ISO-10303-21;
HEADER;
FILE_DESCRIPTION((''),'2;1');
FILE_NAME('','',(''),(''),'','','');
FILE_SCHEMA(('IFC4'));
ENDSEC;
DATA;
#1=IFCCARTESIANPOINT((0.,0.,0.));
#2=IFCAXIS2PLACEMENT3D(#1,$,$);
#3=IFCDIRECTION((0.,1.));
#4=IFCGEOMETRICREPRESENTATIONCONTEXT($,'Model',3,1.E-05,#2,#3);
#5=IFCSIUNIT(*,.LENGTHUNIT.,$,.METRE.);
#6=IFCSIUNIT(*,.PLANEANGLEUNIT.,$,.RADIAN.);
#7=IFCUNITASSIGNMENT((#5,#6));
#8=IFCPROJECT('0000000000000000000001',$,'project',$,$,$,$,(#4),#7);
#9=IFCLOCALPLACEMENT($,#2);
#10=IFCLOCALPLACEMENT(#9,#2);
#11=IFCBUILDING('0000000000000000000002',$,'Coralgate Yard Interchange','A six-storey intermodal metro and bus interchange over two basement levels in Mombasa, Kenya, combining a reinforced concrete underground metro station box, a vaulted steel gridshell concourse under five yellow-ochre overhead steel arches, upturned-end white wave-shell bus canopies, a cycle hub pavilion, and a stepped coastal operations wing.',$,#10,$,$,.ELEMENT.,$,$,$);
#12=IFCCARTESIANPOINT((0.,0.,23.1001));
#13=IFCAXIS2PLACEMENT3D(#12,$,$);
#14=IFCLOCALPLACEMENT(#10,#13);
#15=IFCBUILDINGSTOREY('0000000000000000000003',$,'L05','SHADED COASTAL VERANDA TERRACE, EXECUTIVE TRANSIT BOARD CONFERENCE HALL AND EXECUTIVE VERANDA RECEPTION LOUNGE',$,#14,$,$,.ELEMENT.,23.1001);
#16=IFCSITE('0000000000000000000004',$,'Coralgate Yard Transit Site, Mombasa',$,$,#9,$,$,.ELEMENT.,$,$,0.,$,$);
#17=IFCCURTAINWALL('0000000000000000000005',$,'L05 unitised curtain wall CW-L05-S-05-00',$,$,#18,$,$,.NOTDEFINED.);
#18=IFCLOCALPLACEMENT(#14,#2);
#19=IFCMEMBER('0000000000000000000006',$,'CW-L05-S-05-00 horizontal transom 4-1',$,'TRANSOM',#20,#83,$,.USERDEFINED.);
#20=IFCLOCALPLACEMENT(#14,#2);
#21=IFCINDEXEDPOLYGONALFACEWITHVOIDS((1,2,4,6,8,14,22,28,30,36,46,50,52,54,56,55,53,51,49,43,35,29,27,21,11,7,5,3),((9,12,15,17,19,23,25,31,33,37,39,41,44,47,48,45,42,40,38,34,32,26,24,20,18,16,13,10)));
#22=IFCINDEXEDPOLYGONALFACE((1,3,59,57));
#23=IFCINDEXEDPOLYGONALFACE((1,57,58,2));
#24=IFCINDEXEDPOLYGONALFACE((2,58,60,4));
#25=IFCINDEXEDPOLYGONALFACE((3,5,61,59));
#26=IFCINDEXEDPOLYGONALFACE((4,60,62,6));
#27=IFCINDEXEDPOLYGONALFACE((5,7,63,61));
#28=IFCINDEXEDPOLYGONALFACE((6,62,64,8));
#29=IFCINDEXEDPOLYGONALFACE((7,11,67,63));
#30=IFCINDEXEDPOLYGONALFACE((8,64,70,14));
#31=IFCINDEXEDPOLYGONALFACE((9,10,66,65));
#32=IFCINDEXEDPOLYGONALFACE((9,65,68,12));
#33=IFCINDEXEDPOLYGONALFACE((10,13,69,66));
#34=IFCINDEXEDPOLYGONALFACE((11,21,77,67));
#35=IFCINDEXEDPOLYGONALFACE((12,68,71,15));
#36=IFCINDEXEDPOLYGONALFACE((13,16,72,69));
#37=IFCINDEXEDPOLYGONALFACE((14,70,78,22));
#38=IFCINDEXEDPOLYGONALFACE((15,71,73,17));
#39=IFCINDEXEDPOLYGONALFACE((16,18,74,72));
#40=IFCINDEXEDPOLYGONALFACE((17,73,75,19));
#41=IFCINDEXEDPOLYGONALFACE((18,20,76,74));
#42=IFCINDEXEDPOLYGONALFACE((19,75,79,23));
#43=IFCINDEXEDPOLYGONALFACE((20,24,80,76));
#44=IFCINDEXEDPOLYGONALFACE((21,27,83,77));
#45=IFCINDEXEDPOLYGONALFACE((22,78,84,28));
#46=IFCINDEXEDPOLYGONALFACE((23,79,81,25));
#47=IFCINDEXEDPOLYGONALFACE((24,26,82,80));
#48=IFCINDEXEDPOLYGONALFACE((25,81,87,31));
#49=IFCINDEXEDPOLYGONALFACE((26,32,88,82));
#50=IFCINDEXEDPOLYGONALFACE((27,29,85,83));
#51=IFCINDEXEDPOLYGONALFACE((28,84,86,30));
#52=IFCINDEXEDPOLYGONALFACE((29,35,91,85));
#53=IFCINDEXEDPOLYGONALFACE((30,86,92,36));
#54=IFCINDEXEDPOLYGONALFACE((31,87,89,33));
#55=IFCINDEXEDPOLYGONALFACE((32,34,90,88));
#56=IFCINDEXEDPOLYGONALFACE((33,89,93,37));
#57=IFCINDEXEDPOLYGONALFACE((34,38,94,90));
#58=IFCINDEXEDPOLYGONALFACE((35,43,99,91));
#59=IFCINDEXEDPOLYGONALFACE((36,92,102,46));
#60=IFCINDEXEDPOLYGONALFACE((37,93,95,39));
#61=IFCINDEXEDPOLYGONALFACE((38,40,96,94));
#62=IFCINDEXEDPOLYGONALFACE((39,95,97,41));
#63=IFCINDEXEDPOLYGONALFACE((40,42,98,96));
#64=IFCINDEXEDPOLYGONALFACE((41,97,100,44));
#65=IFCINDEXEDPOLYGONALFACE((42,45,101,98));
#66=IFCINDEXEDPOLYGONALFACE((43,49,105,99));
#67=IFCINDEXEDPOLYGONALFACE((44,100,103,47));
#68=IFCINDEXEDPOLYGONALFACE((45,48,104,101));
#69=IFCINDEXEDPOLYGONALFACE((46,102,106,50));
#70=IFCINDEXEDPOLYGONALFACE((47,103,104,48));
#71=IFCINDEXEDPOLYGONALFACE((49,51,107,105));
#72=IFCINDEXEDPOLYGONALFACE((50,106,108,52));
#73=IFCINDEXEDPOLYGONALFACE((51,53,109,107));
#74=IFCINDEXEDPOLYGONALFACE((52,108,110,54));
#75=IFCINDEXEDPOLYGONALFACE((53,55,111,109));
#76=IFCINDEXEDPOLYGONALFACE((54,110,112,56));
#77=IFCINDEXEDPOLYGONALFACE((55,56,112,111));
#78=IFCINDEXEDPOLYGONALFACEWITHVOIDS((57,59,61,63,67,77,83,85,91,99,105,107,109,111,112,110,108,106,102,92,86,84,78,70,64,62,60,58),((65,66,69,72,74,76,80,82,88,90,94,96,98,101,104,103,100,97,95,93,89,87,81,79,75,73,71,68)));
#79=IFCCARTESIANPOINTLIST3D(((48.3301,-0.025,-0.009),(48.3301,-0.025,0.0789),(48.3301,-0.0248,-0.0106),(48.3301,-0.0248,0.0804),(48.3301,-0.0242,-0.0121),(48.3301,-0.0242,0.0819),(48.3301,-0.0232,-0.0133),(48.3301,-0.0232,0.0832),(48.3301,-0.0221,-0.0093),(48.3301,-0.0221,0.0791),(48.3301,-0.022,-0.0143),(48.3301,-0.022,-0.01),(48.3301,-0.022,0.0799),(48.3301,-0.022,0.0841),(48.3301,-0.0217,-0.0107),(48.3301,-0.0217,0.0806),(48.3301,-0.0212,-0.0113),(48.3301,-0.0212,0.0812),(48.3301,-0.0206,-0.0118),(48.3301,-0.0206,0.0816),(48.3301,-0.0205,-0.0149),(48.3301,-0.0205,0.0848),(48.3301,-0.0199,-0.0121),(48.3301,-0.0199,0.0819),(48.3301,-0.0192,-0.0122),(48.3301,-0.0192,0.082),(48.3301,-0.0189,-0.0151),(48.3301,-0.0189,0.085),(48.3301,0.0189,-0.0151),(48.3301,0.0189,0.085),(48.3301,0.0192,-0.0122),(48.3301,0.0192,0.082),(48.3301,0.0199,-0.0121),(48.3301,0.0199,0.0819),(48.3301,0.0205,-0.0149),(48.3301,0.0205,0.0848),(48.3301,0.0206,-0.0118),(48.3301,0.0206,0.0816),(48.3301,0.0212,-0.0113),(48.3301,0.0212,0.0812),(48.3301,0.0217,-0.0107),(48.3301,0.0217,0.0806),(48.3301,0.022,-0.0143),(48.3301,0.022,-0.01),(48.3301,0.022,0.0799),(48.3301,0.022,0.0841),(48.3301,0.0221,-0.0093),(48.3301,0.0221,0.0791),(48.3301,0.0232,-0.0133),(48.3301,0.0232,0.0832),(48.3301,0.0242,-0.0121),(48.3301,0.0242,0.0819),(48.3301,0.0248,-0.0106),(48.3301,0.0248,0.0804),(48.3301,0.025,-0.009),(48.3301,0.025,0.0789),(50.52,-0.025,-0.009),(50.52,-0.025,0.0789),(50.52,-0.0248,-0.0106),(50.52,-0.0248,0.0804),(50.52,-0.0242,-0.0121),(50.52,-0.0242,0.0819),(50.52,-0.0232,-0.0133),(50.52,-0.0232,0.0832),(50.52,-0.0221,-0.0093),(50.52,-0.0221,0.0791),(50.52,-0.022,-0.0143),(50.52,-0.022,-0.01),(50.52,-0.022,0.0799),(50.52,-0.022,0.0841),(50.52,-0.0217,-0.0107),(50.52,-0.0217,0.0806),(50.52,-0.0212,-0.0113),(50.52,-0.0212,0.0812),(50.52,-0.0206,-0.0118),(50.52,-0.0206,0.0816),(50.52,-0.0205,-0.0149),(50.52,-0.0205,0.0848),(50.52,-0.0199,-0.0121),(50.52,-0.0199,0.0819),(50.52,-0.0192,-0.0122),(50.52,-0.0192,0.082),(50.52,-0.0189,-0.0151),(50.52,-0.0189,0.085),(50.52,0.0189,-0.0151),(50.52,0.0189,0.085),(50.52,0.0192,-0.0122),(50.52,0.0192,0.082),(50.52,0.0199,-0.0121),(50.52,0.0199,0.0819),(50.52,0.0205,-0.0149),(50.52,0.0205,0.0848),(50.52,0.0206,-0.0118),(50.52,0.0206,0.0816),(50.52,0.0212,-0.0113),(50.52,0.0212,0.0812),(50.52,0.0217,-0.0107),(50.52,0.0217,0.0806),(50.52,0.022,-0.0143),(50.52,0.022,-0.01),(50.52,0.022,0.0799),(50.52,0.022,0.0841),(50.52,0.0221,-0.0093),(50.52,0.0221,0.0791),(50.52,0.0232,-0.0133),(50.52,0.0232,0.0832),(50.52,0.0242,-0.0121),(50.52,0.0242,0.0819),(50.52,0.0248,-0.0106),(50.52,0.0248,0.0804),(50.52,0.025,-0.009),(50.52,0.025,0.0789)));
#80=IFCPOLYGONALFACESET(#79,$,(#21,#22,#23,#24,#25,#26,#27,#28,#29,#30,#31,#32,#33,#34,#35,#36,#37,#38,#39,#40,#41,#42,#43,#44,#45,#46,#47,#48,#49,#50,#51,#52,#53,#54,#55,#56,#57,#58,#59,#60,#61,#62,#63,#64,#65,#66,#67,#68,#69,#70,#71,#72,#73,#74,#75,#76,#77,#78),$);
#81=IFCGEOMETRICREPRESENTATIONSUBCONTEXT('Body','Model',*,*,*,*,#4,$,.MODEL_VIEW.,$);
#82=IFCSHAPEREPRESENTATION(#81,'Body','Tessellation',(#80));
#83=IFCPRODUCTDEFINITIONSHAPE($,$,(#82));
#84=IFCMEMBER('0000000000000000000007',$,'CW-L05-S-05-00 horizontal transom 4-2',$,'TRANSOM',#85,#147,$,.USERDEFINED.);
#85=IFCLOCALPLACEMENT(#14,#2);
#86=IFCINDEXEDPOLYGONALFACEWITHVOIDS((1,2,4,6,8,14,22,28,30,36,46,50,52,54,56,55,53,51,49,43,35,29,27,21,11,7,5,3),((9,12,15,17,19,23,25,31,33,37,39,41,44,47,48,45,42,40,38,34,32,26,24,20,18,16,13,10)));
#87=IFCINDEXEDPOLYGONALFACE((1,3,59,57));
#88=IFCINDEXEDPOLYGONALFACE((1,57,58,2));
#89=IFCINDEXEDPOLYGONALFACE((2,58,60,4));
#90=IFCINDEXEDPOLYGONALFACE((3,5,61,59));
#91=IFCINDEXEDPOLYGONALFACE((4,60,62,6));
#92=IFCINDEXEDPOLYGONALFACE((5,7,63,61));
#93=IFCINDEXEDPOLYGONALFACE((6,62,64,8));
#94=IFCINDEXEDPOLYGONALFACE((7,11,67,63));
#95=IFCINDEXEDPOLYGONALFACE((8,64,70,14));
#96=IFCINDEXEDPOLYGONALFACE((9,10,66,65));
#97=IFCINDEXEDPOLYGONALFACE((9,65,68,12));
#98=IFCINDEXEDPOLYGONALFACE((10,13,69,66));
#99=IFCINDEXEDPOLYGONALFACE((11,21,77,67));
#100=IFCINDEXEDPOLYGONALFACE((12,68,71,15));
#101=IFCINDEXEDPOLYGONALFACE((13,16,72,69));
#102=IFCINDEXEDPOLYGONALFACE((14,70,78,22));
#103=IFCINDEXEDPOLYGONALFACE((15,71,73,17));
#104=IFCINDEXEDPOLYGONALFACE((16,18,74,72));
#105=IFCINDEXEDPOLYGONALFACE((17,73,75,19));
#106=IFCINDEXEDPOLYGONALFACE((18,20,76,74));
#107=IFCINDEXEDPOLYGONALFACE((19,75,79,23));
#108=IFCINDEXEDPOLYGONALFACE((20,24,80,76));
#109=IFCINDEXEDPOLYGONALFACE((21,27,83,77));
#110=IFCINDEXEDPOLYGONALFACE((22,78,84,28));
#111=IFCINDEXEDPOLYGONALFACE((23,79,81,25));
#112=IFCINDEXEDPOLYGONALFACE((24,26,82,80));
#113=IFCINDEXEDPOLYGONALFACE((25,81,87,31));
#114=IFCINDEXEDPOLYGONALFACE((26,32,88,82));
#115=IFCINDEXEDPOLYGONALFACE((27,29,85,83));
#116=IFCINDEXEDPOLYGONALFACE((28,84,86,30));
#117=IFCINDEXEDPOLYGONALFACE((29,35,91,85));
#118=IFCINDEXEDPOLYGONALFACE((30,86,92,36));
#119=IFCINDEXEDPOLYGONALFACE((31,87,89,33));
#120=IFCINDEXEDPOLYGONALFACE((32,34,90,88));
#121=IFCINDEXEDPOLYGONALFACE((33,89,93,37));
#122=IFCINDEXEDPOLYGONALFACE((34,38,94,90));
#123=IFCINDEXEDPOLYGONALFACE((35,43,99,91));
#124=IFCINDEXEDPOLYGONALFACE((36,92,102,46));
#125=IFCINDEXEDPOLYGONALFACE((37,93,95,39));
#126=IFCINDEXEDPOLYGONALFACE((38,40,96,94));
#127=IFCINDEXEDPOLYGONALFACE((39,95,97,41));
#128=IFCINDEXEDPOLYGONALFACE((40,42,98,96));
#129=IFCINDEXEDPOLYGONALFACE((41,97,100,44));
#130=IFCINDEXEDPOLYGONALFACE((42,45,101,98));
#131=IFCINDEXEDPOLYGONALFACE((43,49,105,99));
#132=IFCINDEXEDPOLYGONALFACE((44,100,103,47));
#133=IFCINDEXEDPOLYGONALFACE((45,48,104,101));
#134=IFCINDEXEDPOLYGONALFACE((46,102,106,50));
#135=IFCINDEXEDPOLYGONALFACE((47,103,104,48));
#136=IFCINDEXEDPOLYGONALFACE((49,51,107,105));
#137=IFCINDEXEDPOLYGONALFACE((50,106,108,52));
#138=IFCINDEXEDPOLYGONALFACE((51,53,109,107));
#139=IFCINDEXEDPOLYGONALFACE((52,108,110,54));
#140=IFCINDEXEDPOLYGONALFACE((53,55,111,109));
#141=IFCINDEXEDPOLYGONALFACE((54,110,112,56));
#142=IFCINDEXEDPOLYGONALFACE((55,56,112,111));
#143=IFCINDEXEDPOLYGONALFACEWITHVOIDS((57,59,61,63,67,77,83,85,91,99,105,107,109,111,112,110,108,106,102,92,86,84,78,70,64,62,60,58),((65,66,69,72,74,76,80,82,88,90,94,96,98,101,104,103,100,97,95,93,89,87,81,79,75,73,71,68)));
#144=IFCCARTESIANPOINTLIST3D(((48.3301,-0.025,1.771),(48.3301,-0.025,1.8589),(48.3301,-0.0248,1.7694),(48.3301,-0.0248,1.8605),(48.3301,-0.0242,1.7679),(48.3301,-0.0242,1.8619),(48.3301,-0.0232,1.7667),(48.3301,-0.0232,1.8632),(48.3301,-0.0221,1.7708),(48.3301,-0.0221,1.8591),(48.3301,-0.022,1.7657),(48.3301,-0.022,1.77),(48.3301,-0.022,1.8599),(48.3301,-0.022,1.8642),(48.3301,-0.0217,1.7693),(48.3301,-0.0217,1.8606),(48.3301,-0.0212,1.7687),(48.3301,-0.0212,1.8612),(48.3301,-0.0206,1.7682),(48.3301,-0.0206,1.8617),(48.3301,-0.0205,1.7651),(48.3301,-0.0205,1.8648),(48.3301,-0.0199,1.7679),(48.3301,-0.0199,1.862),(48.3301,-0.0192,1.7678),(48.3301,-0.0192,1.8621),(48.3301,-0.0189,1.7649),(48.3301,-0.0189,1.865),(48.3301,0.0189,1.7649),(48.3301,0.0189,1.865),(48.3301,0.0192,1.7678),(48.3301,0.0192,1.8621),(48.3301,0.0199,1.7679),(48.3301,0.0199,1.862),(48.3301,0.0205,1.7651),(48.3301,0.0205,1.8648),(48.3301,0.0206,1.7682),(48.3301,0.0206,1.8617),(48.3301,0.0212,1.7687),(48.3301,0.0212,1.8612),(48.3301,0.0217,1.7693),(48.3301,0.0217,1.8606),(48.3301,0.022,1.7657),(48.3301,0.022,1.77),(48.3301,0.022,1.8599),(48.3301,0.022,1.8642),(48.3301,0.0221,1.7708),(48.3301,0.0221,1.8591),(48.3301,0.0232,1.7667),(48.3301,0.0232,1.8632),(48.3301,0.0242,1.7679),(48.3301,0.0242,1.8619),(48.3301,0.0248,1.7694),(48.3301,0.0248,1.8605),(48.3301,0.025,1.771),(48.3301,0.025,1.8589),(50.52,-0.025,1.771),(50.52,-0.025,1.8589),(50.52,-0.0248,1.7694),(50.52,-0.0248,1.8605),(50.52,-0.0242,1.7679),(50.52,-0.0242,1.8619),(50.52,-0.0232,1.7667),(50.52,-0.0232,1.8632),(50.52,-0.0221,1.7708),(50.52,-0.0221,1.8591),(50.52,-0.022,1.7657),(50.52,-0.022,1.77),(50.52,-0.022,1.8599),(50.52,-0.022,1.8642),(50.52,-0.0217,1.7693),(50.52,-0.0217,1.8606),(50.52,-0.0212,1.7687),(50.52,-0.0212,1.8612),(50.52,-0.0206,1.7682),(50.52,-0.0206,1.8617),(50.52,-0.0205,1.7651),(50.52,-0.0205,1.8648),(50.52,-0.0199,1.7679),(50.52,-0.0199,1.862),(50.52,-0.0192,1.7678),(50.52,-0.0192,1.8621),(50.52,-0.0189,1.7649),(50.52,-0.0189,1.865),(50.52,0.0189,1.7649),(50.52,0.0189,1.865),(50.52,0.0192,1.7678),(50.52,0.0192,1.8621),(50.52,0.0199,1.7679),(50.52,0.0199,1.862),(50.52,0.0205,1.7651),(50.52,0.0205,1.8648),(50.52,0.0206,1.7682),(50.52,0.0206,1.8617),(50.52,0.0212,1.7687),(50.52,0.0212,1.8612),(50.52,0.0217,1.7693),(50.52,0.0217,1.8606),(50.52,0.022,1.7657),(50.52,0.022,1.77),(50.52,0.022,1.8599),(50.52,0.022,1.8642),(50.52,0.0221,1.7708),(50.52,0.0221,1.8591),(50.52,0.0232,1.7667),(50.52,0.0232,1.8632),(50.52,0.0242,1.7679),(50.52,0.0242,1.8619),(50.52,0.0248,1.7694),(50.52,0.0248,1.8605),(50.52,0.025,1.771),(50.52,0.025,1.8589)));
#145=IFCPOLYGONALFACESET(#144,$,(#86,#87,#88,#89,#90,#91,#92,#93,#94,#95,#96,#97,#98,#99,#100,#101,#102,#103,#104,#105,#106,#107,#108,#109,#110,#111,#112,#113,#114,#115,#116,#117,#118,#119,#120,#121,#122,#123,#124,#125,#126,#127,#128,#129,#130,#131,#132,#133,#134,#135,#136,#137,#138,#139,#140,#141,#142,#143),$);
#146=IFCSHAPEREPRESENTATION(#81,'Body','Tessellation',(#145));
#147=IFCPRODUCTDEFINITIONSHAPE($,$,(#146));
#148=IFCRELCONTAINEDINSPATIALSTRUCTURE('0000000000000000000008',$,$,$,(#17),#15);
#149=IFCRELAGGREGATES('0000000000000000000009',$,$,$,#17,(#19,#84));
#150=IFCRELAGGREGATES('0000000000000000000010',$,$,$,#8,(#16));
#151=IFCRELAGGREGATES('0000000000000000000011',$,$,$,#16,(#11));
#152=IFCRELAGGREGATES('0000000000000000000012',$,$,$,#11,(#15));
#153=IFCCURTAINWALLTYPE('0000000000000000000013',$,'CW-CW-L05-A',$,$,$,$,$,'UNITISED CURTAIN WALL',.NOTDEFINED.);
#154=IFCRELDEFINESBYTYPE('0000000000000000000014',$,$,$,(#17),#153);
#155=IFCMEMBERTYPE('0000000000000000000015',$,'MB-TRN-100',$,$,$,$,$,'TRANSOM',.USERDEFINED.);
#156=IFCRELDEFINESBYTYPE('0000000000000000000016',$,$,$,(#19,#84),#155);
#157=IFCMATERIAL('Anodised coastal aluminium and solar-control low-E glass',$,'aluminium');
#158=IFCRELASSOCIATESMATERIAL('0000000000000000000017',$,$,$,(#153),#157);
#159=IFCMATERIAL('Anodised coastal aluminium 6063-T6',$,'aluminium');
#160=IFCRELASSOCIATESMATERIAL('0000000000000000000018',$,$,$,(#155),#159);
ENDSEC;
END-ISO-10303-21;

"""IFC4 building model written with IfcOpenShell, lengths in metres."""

from ifc_helpers import new_model, si_unit, direction, frame, origin, origin_2d, place, context, subcontext, project, spatial, hollow_rectangle, extrude, material, material_profile, profile_set, type_object, element, aggregate, save


model = new_model("IFC4")

# Units and contexts
model_context = context("Model", 3, precision=1e-05, world=origin(), true_north=direction((0.0, 1.0)))
body_context = subcontext(model_context, "Body", "Model", "MODEL_VIEW")
ifc_project = project(units=[si_unit("LENGTHUNIT", "METRE"), si_unit("PLANEANGLEUNIT", "RADIAN")], contexts=[model_context])

# Site, building, storey
site_placement = place(None, origin())
site = spatial("IfcSite", under=ifc_project, at=site_placement, Name="Coralgate Yard Transit Site, Mombasa", CompositionType="ELEMENT", RefElevation=0.0)
building_placement = place(site_placement, origin())
building = spatial("IfcBuilding", under=site, at=building_placement, Name="Coralgate Yard Interchange", Description="A six-storey intermodal metro and bus interchange over two basement levels in Mombasa, Kenya, combining a reinforced concrete underground metro station box, a vaulted steel gridshell concourse under five yellow-ochre overhead steel arches, upturned-end white wave-shell bus canopies, a cycle hub pavilion, and a stepped coastal operations wing.", CompositionType="ELEMENT")
storey_placement = place(building_placement, frame((0.0, 0.0, 23.1001)))
storey = spatial("IfcBuildingStorey", under=building, at=storey_placement, Name="L05", Description="SHADED COASTAL VERANDA TERRACE, EXECUTIVE TRANSIT BOARD CONFERENCE HALL AND EXECUTIVE VERANDA RECEPTION LOUNGE", CompositionType="ELEMENT", Elevation=23.1001)

# Curtain wall, members
ifc_material_1 = material(Name="Anodised coastal aluminium and solar-control low-E glass", Category="aluminium")
curtain_wall_type = type_object("IfcCurtainWallType", Name="CW-CW-L05-A", ElementType="UNITISED CURTAIN WALL", PredefinedType="NOTDEFINED", material=ifc_material_1)
curtain_wall_placement = place(storey_placement, origin())
curtain_wall = element("IfcCurtainWall", 1, at=curtain_wall_placement, inside=storey, type_object=curtain_wall_type, Name="L05 unitised curtain wall CW-L05-S-05-00", PredefinedType="NOTDEFINED")
ifc_material_2 = material(Name="Anodised coastal aluminium 6063-T6", Category="aluminium")
ifc_material_profile_1 = material_profile(ifc_material_2, hollow_rectangle(XDim=0.05, YDim=0.1001, WallThickness=0.0029, InnerFilletRadius=0.0029, OuterFilletRadius=0.0061, at=origin_2d()), Name="ALU 50x100x3")
ifc_profile_set_1 = profile_set([ifc_material_profile_1], Name="Anodised coastal aluminium 6063-T6")
member_type_1 = type_object("IfcMemberType", Name="MB-TRN-100", ElementType="TRANSOM", PredefinedType="USERDEFINED", material=ifc_profile_set_1)
member_1_placement = place(storey_placement, frame((50.52, 0.0, 0.0349), z_axis=(-1.0, 0.0, 0.0), x_axis=(0.0, -1.0, 0.0)))
member_1 = element("IfcMember", 2, at=member_1_placement, type_object=member_type_1, Name="CW-L05-S-05-00 horizontal transom 4-1", ObjectType="TRANSOM", PredefinedType="USERDEFINED", context=body_context, shape_type="SweptSolid", body=[
    extrude(hollow_rectangle(XDim=0.05, YDim=0.1001, WallThickness=0.0029, InnerFilletRadius=0.0029, OuterFilletRadius=0.0061, at=origin_2d()), origin(), (0.0, 0.0, 1.0), 2.1899),
])
member_2_placement = place(storey_placement, frame((50.52, 0.0, 1.8149), z_axis=(-1.0, 0.0, 0.0), x_axis=(0.0, -1.0, 0.0)))
member_2 = element("IfcMember", 3, at=member_2_placement, type_object=member_type_1, Name="CW-L05-S-05-00 horizontal transom 4-2", ObjectType="TRANSOM", PredefinedType="USERDEFINED", context=body_context, shape_type="SweptSolid", body=[
    extrude(hollow_rectangle(XDim=0.05, YDim=0.1001, WallThickness=0.0029, InnerFilletRadius=0.0029, OuterFilletRadius=0.0061, at=origin_2d()), origin(), (0.0, 0.0, 1.0), 2.1899),
])
aggregate(curtain_wall, [member_1, member_2])

save(model, "model.ifc")
